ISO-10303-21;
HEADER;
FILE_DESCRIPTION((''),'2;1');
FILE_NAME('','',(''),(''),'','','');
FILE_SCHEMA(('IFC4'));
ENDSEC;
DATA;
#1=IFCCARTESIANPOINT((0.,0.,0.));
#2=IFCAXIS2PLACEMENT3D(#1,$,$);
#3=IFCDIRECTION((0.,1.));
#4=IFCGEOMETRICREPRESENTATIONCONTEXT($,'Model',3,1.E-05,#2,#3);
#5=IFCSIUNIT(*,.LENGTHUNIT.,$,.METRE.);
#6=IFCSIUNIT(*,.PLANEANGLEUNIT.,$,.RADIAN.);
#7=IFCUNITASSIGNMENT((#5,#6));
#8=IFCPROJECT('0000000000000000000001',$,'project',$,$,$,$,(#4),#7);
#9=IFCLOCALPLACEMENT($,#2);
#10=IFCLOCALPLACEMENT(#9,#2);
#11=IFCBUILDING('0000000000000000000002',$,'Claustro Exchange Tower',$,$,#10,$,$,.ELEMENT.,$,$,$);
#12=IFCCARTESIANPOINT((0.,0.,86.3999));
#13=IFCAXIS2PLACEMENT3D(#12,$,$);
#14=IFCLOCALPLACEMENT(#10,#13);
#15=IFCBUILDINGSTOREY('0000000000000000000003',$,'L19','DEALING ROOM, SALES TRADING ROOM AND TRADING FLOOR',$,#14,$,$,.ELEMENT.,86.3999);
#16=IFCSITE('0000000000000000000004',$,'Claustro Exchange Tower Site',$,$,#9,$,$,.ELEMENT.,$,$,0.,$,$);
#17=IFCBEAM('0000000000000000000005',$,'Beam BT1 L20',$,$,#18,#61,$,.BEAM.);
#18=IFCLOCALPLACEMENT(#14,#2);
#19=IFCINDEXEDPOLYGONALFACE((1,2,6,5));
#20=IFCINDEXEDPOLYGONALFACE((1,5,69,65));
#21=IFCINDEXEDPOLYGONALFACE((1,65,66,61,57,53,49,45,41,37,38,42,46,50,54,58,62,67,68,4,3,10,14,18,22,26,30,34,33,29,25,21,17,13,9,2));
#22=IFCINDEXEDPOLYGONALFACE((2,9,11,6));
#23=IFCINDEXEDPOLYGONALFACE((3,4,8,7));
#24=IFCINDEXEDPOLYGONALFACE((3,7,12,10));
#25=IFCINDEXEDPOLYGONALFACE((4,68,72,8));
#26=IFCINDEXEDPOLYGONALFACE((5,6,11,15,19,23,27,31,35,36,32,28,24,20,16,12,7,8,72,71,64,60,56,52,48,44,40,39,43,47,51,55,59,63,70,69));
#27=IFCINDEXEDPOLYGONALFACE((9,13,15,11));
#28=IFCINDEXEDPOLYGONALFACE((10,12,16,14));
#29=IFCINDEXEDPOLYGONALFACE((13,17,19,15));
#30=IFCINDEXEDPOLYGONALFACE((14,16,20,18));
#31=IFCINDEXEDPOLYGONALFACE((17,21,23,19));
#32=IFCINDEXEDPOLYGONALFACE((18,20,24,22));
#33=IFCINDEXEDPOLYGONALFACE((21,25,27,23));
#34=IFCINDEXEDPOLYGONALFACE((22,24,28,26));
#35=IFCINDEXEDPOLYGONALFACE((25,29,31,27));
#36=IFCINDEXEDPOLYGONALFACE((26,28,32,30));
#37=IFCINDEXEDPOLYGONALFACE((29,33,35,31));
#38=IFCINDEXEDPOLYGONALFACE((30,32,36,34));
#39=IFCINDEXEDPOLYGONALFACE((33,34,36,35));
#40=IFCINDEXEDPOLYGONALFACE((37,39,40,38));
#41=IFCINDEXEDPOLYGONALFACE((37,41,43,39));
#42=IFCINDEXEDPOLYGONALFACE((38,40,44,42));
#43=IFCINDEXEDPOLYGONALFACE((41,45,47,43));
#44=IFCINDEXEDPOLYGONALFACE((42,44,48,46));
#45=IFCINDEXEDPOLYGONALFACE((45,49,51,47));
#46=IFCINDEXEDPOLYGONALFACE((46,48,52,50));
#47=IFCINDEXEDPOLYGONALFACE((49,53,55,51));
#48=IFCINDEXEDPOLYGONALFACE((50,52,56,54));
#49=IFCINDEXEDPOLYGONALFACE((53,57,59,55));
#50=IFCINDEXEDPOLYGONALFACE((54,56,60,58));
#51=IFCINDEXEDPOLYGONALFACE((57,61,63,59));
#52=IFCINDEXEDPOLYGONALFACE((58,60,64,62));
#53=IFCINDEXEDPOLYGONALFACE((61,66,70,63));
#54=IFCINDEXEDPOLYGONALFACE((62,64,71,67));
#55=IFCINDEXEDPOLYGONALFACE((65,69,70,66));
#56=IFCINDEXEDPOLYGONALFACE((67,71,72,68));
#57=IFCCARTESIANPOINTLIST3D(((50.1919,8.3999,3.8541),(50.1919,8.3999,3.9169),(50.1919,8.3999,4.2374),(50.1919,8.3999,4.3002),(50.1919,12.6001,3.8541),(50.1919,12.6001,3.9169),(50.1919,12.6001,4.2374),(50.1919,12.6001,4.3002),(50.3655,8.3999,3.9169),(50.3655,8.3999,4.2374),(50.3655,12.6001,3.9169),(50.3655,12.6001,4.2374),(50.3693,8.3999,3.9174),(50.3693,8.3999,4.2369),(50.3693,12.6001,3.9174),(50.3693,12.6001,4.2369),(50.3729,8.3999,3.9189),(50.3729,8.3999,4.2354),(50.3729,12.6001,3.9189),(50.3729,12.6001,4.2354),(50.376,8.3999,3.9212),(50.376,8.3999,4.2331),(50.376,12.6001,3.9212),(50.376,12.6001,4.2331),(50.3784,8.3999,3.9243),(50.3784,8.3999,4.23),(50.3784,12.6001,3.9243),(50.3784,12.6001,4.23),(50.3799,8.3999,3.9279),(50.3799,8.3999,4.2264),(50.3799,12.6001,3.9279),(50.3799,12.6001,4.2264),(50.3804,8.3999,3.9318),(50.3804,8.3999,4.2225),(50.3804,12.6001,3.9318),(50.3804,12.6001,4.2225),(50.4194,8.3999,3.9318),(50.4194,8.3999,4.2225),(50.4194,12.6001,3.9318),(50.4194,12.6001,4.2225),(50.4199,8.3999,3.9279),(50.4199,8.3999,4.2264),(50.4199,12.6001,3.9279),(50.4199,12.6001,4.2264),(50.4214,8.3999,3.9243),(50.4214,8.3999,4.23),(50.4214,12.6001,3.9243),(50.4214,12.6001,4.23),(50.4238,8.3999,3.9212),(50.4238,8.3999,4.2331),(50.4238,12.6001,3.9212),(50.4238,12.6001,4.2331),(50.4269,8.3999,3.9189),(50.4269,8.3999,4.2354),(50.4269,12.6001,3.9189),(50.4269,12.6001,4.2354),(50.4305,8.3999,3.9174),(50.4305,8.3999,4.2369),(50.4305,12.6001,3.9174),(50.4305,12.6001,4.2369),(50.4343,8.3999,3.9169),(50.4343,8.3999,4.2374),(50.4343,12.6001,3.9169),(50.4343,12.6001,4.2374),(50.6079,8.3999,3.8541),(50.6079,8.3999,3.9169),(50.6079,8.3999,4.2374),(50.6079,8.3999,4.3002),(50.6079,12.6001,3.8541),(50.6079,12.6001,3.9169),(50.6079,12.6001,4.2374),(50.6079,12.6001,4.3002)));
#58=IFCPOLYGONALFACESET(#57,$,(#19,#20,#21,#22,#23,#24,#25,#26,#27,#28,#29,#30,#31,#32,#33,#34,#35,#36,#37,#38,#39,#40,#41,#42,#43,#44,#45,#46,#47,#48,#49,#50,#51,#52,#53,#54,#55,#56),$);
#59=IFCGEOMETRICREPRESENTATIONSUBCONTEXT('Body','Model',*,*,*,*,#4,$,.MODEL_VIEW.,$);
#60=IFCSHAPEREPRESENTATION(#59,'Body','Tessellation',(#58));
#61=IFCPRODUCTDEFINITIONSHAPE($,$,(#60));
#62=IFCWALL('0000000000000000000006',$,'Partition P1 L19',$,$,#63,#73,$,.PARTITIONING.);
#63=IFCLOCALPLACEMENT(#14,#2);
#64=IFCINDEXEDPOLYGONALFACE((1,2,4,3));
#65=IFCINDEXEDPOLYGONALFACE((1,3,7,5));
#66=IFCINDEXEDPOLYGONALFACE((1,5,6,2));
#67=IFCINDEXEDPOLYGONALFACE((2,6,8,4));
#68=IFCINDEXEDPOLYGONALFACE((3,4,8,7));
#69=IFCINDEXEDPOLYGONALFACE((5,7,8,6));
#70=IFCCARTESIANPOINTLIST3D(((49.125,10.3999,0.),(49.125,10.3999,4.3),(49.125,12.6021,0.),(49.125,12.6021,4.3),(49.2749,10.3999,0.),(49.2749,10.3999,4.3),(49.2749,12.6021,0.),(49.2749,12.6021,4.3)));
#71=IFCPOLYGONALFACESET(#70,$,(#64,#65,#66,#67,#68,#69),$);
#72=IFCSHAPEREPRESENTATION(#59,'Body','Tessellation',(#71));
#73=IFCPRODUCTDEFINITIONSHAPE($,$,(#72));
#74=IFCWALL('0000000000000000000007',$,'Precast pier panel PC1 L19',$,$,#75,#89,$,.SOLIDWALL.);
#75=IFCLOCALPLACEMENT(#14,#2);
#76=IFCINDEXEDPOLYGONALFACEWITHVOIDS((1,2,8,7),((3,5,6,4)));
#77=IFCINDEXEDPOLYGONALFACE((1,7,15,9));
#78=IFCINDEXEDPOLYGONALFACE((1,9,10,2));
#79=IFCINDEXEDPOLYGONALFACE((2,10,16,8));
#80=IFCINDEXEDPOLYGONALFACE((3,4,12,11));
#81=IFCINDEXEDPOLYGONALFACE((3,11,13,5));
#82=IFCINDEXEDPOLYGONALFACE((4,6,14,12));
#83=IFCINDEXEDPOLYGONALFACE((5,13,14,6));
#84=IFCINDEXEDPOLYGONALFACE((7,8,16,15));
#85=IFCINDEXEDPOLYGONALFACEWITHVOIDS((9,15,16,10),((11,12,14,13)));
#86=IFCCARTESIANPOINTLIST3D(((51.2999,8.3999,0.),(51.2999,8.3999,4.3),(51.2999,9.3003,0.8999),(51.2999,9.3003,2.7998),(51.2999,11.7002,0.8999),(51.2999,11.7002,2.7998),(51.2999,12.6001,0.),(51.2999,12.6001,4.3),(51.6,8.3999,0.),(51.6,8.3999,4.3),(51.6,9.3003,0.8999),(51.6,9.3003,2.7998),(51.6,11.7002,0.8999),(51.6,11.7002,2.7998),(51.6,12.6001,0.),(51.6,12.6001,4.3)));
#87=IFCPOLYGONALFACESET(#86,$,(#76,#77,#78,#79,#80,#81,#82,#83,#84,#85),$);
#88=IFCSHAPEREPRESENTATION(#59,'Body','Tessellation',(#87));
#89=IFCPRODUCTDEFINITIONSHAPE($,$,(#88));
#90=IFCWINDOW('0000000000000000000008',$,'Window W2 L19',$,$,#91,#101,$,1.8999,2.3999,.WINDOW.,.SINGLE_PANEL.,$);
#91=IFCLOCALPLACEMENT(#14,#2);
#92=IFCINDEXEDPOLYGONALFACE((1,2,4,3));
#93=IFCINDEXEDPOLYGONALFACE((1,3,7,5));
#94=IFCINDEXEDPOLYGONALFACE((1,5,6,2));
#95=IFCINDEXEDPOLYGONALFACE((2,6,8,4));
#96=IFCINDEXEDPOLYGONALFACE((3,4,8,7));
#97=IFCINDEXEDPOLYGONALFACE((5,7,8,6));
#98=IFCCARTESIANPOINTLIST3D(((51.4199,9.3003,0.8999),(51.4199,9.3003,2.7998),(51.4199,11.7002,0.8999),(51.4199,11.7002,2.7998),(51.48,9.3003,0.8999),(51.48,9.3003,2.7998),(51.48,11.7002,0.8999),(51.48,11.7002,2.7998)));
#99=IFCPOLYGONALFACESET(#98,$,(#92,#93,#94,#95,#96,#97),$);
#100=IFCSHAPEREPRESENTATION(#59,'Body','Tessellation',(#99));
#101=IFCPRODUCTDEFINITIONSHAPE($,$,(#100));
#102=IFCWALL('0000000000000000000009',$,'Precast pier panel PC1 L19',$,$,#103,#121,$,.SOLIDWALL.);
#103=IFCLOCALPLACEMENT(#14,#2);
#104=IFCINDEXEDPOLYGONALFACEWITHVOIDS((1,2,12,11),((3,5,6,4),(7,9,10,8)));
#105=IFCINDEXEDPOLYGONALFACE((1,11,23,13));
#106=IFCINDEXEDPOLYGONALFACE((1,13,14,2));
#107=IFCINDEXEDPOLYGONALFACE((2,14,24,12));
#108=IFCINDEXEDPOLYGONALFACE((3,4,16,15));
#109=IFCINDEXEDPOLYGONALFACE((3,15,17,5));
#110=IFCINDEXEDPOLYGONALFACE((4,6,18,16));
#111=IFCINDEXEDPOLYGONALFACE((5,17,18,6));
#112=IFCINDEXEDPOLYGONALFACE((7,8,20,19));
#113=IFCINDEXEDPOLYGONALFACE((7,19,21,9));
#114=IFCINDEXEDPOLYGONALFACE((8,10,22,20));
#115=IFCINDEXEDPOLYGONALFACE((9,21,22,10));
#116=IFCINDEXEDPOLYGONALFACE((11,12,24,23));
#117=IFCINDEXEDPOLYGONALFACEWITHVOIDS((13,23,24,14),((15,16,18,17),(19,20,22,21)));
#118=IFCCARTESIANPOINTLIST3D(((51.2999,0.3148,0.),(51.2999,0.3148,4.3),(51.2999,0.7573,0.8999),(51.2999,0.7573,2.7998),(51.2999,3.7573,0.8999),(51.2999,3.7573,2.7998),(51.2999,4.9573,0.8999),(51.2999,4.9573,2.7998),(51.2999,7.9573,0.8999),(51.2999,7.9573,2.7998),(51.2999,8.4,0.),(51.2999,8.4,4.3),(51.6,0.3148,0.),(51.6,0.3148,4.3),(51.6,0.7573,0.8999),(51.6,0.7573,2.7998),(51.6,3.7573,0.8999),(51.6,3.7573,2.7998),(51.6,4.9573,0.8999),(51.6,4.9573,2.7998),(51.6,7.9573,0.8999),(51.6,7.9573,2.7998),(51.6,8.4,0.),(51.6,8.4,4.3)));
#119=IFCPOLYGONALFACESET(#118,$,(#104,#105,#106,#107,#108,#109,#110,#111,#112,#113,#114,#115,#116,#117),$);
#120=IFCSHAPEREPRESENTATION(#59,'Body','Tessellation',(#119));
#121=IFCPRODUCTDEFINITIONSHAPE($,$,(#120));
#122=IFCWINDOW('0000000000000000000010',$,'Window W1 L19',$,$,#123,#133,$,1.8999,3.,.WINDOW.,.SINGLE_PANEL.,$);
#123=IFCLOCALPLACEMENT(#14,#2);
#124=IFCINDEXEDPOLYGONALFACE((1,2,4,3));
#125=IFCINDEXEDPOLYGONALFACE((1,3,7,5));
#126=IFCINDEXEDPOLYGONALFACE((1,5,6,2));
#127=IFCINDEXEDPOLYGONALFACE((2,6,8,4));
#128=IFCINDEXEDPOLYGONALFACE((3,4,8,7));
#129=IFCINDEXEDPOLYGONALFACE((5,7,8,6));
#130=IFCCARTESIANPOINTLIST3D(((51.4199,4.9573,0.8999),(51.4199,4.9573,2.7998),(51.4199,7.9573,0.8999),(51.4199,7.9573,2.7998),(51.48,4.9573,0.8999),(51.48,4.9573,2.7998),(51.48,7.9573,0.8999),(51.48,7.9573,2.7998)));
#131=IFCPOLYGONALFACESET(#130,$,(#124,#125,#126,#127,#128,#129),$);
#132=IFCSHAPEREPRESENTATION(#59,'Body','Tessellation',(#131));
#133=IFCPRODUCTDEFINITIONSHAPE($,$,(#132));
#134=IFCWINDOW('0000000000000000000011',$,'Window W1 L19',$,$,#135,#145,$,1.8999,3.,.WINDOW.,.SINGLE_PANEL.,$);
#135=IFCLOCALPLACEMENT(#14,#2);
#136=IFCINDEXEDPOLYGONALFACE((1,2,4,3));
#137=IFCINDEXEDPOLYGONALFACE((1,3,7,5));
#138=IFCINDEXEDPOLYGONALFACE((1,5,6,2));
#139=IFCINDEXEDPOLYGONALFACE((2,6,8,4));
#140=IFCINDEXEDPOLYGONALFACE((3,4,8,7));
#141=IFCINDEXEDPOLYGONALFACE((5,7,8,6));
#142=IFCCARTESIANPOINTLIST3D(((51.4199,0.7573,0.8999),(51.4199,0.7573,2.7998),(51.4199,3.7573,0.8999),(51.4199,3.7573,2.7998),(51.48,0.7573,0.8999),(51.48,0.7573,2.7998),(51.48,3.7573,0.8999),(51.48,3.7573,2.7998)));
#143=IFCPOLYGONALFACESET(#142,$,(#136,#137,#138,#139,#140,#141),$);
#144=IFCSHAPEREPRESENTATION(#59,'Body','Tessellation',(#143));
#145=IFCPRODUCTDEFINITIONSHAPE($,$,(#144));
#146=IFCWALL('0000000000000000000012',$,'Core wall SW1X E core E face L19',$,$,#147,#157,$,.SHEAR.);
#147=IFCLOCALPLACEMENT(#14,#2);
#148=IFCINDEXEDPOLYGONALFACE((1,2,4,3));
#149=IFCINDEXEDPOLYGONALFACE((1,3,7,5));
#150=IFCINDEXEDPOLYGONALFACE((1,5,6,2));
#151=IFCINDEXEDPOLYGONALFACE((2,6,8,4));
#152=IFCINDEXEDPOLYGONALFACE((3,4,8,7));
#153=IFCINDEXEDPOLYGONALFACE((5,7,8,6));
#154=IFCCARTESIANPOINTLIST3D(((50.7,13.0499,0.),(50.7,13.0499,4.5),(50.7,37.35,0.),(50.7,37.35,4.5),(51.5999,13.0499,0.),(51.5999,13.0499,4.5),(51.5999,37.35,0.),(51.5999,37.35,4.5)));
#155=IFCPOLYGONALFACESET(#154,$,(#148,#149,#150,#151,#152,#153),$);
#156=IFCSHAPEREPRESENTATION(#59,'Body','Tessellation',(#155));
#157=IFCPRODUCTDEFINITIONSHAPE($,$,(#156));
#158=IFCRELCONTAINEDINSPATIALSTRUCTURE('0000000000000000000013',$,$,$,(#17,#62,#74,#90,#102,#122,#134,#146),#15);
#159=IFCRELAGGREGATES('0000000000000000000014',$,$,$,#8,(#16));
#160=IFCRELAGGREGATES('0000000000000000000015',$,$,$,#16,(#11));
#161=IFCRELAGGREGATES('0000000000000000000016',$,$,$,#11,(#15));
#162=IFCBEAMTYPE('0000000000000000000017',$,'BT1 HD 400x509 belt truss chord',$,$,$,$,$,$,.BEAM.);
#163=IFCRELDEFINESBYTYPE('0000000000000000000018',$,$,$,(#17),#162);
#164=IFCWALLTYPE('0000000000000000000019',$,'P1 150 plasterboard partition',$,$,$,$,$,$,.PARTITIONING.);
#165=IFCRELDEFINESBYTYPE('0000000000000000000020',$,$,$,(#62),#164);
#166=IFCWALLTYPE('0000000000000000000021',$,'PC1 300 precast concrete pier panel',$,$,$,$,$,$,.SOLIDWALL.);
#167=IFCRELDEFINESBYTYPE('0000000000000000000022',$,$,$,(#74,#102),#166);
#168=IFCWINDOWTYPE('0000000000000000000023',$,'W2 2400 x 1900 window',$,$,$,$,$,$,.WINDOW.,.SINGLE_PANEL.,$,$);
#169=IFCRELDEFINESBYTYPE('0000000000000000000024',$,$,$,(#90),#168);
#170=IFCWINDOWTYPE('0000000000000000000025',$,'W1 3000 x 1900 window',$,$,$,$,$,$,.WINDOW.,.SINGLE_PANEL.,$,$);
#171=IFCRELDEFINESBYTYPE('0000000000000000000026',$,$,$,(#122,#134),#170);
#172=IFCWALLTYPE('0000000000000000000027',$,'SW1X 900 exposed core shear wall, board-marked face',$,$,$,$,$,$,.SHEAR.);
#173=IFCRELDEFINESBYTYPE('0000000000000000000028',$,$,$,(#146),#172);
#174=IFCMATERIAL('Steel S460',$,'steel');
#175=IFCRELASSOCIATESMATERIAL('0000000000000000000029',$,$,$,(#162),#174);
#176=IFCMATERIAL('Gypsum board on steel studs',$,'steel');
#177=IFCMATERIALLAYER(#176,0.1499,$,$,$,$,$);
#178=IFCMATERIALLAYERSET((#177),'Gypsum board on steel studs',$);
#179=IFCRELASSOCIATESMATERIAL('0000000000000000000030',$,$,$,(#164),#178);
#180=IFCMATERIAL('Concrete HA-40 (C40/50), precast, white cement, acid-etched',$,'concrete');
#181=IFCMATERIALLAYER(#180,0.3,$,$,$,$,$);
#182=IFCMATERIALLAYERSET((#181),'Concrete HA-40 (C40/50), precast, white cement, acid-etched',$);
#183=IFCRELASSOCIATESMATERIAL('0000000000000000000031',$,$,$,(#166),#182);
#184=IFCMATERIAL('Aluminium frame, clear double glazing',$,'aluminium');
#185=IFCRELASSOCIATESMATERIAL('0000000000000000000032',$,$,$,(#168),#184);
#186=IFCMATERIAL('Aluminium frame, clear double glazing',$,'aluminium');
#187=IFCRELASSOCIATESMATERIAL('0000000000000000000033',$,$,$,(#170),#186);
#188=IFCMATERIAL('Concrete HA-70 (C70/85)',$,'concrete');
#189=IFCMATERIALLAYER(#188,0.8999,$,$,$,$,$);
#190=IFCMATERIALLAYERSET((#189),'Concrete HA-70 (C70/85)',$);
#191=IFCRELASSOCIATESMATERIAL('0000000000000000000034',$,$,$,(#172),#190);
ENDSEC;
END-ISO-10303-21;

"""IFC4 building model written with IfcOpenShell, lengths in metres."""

from ifc_helpers import new_model, si_unit, direction, frame, frame_2d, origin, origin_2d, place, context, subcontext, project, spatial, rectangle, i_section, extrude, material, layer, layer_set, material_profile, profile_set, type_object, element, fill, save


model = new_model("IFC4")

# Units and contexts
model_context = context("Model", 3, precision=1e-05, world=origin(), true_north=direction((0.0, 1.0)))
body_context = subcontext(model_context, "Body", "Model", "MODEL_VIEW")
ifc_project = project(units=[si_unit("LENGTHUNIT", "METRE"), si_unit("PLANEANGLEUNIT", "RADIAN")], contexts=[model_context])

# Site, building, storey
site_placement = place(None, origin())
site = spatial("IfcSite", under=ifc_project, at=site_placement, Name="Claustro Exchange Tower Site", CompositionType="ELEMENT", RefElevation=0.0)
building_placement = place(site_placement, origin())
building = spatial("IfcBuilding", under=site, at=building_placement, Name="Claustro Exchange Tower", CompositionType="ELEMENT")
storey_placement = place(building_placement, frame((0.0, 0.0, 86.3999)))
storey = spatial("IfcBuildingStorey", under=building, at=storey_placement, Name="L19", Description="DEALING ROOM, SALES TRADING ROOM AND TRADING FLOOR", CompositionType="ELEMENT", Elevation=86.3999)

# Beam
ifc_material_1 = material(Name="Steel S460", Category="steel")
ifc_material_profile = material_profile(ifc_material_1, i_section(OverallWidth=0.416, OverallDepth=0.446, WebThickness=0.0391, FlangeThickness=0.0627, FilletRadius=0.0149, at=origin_2d()), Name="HD 400x509")
ifc_profile_set = profile_set([ifc_material_profile], Name="Steel S460")
beam_type = type_object("IfcBeamType", Name="BT1 HD 400x509 belt truss chord", PredefinedType="BEAM", material=ifc_profile_set)
beam_placement = place(storey_placement, frame((50.3999, 8.3999, 4.0771), z_axis=(0.0, 1.0, 0.0), x_axis=(-1.0, 0.0, 0.0)))
element("IfcBeam", 1, at=beam_placement, inside=storey, type_object=beam_type, Name="Beam BT1 L20", PredefinedType="BEAM", context=body_context, shape_type="SweptSolid", body=[
    extrude(i_section(OverallWidth=0.416, OverallDepth=0.446, WebThickness=0.0391, FlangeThickness=0.0627, FilletRadius=0.0149, at=origin_2d()), origin(), (0.0, 0.0, 1.0), 4.2002),
])

# Wall
ifc_material_2 = material(Name="Gypsum board on steel studs", Category="steel")
ifc_layer_1 = layer(ifc_material_2, 0.1499)
ifc_layer_set_1 = layer_set([ifc_layer_1], Name="Gypsum board on steel studs")
wall_type_1 = type_object("IfcWallType", Name="P1 150 plasterboard partition", PredefinedType="PARTITIONING", material=ifc_layer_set_1)
wall_1_placement = place(storey_placement, frame((49.2, 10.3999, 0.0), z_axis=(0.0, 0.0, 1.0), x_axis=(0.0, 1.0, 0.0)))
element("IfcWall", 2, at=wall_1_placement, inside=storey, type_object=wall_type_1, Name="Partition P1 L19", PredefinedType="PARTITIONING", context=body_context, shape_type="SweptSolid", body=[
    extrude(rectangle(XDim=2.2021, YDim=0.1499, at=frame_2d((1.1011, 0.0))), origin(), (0.0, 0.0, 1.0), 4.3),
])

# Wall, opening, window
ifc_material_3 = material(Name="Concrete HA-40 (C40/50), precast, white cement, acid-etched", Category="concrete")
ifc_layer_2 = layer(ifc_material_3, 0.3)
ifc_layer_set_2 = layer_set([ifc_layer_2], Name="Concrete HA-40 (C40/50), precast, white cement, acid-etched")
wall_type_2 = type_object("IfcWallType", Name="PC1 300 precast concrete pier panel", PredefinedType="SOLIDWALL", material=ifc_layer_set_2)
wall_2_placement = place(storey_placement, frame((51.45, 12.6001, 0.0), z_axis=(0.0, 0.0, 1.0), x_axis=(0.0, -1.0, 0.0)))
wall_2 = element("IfcWall", 3, at=wall_2_placement, inside=storey, type_object=wall_type_2, Name="Precast pier panel PC1 L19", PredefinedType="SOLIDWALL", context=body_context, shape_type="SweptSolid", body=[
    extrude(rectangle(XDim=4.2002, YDim=0.3, at=frame_2d((2.1001, 0.0))), origin(), (0.0, 0.0, 1.0), 4.3),
])
opening_1_placement = place(wall_2_placement, frame((0.8999, 0.0, 0.8999)))
opening_1 = element("IfcOpeningElement", 4, at=opening_1_placement, cuts=wall_2, PredefinedType="OPENING", context=body_context, shape_type="SweptSolid", body=[
    extrude(rectangle(XDim=2.3999, YDim=1.8999, at=frame_2d((1.2, 0.95))), frame((0.0, 0.1599, 0.0), z_axis=(0.0, -1.0, 0.0), x_axis=(1.0, 0.0, 0.0)), (0.0, 0.0, 1.0), 0.3201),
])
ifc_material_4 = material(Name="Aluminium frame, clear double glazing", Category="aluminium")
window_type_1 = type_object("IfcWindowType", Name="W2 2400 x 1900 window", PartitioningType="SINGLE_PANEL", PredefinedType="WINDOW", material=ifc_material_4)
window_1_placement = place(opening_1_placement, origin())
window_1 = element("IfcWindow", 5, at=window_1_placement, inside=storey, type_object=window_type_1, Name="Window W2 L19", OverallHeight=1.8999, OverallWidth=2.3999, PartitioningType="SINGLE_PANEL", PredefinedType="WINDOW", context=body_context, shape_type="SweptSolid", body=[
    extrude(rectangle(XDim=2.3999, YDim=1.8999, at=frame_2d((1.2, 0.95))), frame((0.0, 0.03, 0.0), z_axis=(0.0, -1.0, 0.0), x_axis=(1.0, 0.0, 0.0)), (0.0, 0.0, 1.0), 0.0601),
])
fill(opening_1, window_1)

# Wall, openings, windows
wall_3_placement = place(storey_placement, frame((51.45, 8.3999, 0.0), z_axis=(0.0, 0.0, 1.0), x_axis=(0.0, -1.0, 0.0)))
wall_3 = element("IfcWall", 6, at=wall_3_placement, inside=storey, type_object=wall_type_2, Name="Precast pier panel PC1 L19", PredefinedType="SOLIDWALL", context=body_context, shape_type="SweptSolid", body=[
    extrude(rectangle(XDim=8.0852, YDim=0.3, at=frame_2d((4.0425, 0.0))), origin(), (0.0, 0.0, 1.0), 4.3),
])
opening_2_placement = place(wall_3_placement, frame((0.4426, 0.0, 0.8999)))
opening_2 = element("IfcOpeningElement", 7, at=opening_2_placement, cuts=wall_3, PredefinedType="OPENING", context=body_context, shape_type="SweptSolid", body=[
    extrude(rectangle(XDim=3.0, YDim=1.8999, at=frame_2d((1.5, 0.95))), frame((0.0, 0.1599, 0.0), z_axis=(0.0, -1.0, 0.0), x_axis=(1.0, 0.0, 0.0)), (0.0, 0.0, 1.0), 0.3201),
])
opening_3_placement = place(wall_3_placement, frame((4.6426, 0.0, 0.8999)))
opening_3 = element("IfcOpeningElement", 8, at=opening_3_placement, cuts=wall_3, PredefinedType="OPENING", context=body_context, shape_type="SweptSolid", body=[
    extrude(rectangle(XDim=3.0, YDim=1.8999, at=frame_2d((1.5, 0.95))), frame((0.0, 0.1599, 0.0), z_axis=(0.0, -1.0, 0.0), x_axis=(1.0, 0.0, 0.0)), (0.0, 0.0, 1.0), 0.3201),
])
ifc_material_5 = material(Name="Aluminium frame, clear double glazing", Category="aluminium")
window_type_2 = type_object("IfcWindowType", Name="W1 3000 x 1900 window", PartitioningType="SINGLE_PANEL", PredefinedType="WINDOW", material=ifc_material_5)
window_2_placement = place(opening_2_placement, origin())
window_2 = element("IfcWindow", 9, at=window_2_placement, inside=storey, type_object=window_type_2, Name="Window W1 L19", OverallHeight=1.8999, OverallWidth=3.0, PartitioningType="SINGLE_PANEL", PredefinedType="WINDOW", context=body_context, shape_type="SweptSolid", body=[
    extrude(rectangle(XDim=3.0, YDim=1.8999, at=frame_2d((1.5, 0.95))), frame((0.0, 0.03, 0.0), z_axis=(0.0, -1.0, 0.0), x_axis=(1.0, 0.0, 0.0)), (0.0, 0.0, 1.0), 0.0601),
])
fill(opening_2, window_2)
window_3_placement = place(opening_3_placement, origin())
window_3 = element("IfcWindow", 10, at=window_3_placement, inside=storey, type_object=window_type_2, Name="Window W1 L19", OverallHeight=1.8999, OverallWidth=3.0, PartitioningType="SINGLE_PANEL", PredefinedType="WINDOW", context=body_context, shape_type="SweptSolid", body=[
    extrude(rectangle(XDim=3.0, YDim=1.8999, at=frame_2d((1.5, 0.95))), frame((0.0, 0.03, 0.0), z_axis=(0.0, -1.0, 0.0), x_axis=(1.0, 0.0, 0.0)), (0.0, 0.0, 1.0), 0.0601),
])
fill(opening_3, window_3)

# Wall
ifc_material_6 = material(Name="Concrete HA-70 (C70/85)", Category="concrete")
ifc_layer_3 = layer(ifc_material_6, 0.8999)
ifc_layer_set_3 = layer_set([ifc_layer_3], Name="Concrete HA-70 (C70/85)")
wall_type_3 = type_object("IfcWallType", Name="SW1X 900 exposed core shear wall, board-marked face", PredefinedType="SHEAR", material=ifc_layer_set_3)
wall_4_placement = place(storey_placement, frame((51.1499, 13.05, 0.0), z_axis=(0.0, 0.0, 1.0), x_axis=(0.0, 1.0, 0.0)))
element("IfcWall", 11, at=wall_4_placement, inside=storey, type_object=wall_type_3, Name="Core wall SW1X E core E face L19", PredefinedType="SHEAR", context=body_context, shape_type="SweptSolid", body=[
    extrude(rectangle(XDim=24.3, YDim=0.8999, at=frame_2d((12.1499, 0.0))), origin(), (0.0, 0.0, 1.0), 4.5),
])

save(model, "model.ifc")
